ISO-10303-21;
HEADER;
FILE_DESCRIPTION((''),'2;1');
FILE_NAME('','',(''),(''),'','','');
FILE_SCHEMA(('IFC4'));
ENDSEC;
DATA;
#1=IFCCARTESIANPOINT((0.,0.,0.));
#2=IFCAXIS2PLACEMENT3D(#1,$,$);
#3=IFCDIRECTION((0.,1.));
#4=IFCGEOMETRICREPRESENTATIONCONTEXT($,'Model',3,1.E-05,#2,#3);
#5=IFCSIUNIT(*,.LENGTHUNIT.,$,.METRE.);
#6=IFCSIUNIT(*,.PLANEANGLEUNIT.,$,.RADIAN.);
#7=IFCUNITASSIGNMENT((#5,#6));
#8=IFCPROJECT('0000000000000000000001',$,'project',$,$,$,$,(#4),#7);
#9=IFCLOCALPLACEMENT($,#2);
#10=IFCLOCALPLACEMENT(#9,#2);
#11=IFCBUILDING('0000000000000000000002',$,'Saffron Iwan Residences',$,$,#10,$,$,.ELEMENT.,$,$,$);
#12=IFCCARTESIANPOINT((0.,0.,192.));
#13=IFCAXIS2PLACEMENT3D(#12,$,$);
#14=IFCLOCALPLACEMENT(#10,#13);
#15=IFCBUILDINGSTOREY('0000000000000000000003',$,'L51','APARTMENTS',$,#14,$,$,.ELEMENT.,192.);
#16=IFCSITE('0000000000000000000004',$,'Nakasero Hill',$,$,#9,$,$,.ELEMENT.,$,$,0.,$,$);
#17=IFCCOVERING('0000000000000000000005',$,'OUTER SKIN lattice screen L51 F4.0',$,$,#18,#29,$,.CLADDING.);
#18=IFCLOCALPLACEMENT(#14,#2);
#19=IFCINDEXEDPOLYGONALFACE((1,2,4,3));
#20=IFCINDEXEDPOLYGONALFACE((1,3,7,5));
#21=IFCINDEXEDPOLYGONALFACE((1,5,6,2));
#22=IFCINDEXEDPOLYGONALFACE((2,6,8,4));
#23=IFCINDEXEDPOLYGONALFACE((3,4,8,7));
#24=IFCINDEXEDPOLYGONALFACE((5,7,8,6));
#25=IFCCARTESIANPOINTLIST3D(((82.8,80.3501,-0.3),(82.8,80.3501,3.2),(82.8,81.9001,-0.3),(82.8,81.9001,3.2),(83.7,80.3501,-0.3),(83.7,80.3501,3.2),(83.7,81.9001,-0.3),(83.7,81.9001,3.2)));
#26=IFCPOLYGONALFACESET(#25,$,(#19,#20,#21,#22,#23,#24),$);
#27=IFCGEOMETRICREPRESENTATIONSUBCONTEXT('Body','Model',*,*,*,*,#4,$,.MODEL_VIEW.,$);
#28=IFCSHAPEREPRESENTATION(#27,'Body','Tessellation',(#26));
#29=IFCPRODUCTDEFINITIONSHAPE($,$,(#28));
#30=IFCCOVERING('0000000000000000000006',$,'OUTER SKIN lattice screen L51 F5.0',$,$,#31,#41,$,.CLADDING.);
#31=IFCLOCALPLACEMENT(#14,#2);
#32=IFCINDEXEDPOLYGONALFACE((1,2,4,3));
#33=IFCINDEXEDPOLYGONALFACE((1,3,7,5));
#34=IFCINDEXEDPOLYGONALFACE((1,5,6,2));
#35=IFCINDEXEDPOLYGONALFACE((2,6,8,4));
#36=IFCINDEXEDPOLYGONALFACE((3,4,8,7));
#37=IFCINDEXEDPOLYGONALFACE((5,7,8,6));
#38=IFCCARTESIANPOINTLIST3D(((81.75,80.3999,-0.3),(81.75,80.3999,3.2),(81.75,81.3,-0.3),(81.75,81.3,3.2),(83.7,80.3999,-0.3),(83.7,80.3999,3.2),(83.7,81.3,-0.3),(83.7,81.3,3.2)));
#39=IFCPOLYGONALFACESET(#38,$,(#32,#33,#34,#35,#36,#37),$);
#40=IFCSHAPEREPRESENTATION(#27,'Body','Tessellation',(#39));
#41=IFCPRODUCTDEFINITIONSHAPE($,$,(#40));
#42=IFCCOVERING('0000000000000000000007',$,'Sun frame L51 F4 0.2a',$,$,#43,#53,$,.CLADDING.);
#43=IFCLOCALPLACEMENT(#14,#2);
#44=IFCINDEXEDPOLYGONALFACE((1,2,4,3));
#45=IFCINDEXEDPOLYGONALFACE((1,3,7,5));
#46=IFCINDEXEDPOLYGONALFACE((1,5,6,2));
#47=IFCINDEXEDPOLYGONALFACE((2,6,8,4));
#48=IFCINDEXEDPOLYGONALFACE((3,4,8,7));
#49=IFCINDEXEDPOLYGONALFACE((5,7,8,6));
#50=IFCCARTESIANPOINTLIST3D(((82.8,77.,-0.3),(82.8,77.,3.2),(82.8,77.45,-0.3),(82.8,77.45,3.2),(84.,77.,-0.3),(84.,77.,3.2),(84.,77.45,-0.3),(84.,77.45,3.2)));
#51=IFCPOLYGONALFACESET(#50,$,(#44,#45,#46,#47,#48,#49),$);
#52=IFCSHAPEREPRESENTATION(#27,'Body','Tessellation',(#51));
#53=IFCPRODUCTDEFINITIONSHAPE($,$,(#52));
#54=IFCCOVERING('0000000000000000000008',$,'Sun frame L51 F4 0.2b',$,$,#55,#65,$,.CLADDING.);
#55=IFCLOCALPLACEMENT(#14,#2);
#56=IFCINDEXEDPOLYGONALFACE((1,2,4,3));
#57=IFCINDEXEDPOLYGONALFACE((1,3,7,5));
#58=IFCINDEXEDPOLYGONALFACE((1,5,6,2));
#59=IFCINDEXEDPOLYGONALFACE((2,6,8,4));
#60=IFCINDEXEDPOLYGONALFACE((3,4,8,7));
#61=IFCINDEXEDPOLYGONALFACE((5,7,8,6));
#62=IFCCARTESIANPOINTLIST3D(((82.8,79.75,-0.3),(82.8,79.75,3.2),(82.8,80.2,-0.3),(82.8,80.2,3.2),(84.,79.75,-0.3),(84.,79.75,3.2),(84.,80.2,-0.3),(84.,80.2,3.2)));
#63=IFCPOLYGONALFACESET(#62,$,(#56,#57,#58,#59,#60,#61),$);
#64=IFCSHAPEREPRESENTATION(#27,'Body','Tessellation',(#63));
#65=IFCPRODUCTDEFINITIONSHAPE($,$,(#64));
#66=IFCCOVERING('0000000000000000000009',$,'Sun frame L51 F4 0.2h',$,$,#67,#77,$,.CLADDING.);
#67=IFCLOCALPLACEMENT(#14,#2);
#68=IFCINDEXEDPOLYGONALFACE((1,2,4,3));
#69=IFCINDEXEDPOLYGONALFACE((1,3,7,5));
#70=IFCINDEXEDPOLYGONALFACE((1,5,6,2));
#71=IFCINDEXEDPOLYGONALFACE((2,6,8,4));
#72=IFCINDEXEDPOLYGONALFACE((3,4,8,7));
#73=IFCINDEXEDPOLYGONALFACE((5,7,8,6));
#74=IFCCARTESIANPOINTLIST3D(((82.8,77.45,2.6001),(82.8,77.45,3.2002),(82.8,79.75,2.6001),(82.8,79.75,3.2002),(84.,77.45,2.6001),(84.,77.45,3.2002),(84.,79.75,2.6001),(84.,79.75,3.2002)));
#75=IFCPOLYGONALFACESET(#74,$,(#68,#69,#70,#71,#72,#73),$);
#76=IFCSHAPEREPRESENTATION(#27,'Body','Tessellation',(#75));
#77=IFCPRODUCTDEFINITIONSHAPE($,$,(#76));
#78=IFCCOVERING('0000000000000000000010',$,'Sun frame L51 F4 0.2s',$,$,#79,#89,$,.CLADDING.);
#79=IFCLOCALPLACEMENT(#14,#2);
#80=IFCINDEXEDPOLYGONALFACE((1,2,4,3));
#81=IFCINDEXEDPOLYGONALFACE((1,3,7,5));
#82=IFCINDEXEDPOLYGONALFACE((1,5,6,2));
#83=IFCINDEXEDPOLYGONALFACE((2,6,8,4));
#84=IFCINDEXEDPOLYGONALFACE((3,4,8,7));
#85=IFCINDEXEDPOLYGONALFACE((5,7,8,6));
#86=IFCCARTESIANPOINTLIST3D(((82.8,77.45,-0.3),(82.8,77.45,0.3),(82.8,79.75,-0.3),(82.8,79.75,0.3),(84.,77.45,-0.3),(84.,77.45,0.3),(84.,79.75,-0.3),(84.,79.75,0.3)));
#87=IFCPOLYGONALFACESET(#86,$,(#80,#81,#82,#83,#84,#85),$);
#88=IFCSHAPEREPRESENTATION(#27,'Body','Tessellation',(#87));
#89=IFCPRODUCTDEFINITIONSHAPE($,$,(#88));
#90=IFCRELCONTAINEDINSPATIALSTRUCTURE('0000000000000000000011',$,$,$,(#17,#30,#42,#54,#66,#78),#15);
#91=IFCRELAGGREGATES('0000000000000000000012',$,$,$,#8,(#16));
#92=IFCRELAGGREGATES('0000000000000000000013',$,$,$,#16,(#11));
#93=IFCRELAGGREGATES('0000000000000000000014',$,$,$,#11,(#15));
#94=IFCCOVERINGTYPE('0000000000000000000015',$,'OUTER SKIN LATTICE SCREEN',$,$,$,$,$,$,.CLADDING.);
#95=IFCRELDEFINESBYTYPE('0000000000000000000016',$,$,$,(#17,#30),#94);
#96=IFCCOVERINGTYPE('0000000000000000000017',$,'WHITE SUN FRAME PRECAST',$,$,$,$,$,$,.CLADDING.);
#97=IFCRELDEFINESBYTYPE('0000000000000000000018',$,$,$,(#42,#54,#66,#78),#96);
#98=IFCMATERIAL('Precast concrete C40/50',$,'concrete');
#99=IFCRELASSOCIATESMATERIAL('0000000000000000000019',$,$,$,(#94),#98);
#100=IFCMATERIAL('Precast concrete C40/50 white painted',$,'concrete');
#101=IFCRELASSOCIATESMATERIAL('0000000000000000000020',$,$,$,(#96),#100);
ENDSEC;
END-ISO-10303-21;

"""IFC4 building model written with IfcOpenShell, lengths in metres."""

from ifc_helpers import new_model, si_unit, direction, frame, origin, place, context, subcontext, project, spatial, polyline, outline, extrude, material, type_object, element, save


model = new_model("IFC4")

# Units and contexts
model_context = context("Model", 3, precision=1e-05, world=origin(), true_north=direction((0.0, 1.0)))
body_context = subcontext(model_context, "Body", "Model", "MODEL_VIEW")
ifc_project = project(units=[si_unit("LENGTHUNIT", "METRE"), si_unit("PLANEANGLEUNIT", "RADIAN")], contexts=[model_context])

# Site, building, storey
site_placement = place(None, origin())
site = spatial("IfcSite", under=ifc_project, at=site_placement, Name="Nakasero Hill", CompositionType="ELEMENT", RefElevation=0.0)
building_placement = place(site_placement, origin())
building = spatial("IfcBuilding", under=site, at=building_placement, Name="Saffron Iwan Residences", CompositionType="ELEMENT")
storey_placement = place(building_placement, frame((0.0, 0.0, 192.0)))
storey = spatial("IfcBuildingStorey", under=building, at=storey_placement, Name="L51", Description="APARTMENTS", CompositionType="ELEMENT", Elevation=192.0)

# Coverings
ifc_material_1 = material(Name="Precast concrete C40/50", Category="concrete")
covering_type_1 = type_object("IfcCoveringType", Name="OUTER SKIN LATTICE SCREEN", PredefinedType="CLADDING", material=ifc_material_1)
covering_1_placement = place(storey_placement, frame((82.8, 80.3501, -0.3), z_axis=(1.0, 0.0, 0.0), x_axis=(0.0, 1.0, 0.0)))
element("IfcCovering", 1, at=covering_1_placement, inside=storey, type_object=covering_type_1, Name="OUTER SKIN lattice screen L51 F4.0", PredefinedType="CLADDING", context=body_context, shape_type="SweptSolid", body=[
    extrude(outline(polyline([(0.0, 0.0), (1.55, 0.0), (1.55, 3.5), (0.0, 3.5), (0.0, 0.0)])), origin(), (0.0, 0.0, 1.0), 0.8999),
])
covering_2_placement = place(storey_placement, frame((83.7, 80.3999, -0.3), z_axis=(0.0, 1.0, 0.0), x_axis=(-1.0, 0.0, 0.0)))
element("IfcCovering", 2, at=covering_2_placement, inside=storey, type_object=covering_type_1, Name="OUTER SKIN lattice screen L51 F5.0", PredefinedType="CLADDING", context=body_context, shape_type="SweptSolid", body=[
    extrude(outline(polyline([(0.0, 0.0), (1.95, 0.0), (1.95, 3.5), (0.0, 3.5), (0.0, 0.0)])), origin(), (0.0, 0.0, 1.0), 0.9001),
])
ifc_material_2 = material(Name="Precast concrete C40/50 white painted", Category="concrete")
covering_type_2 = type_object("IfcCoveringType", Name="WHITE SUN FRAME PRECAST", PredefinedType="CLADDING", material=ifc_material_2)
for number, where, z_axis, x_axis, name in (
    (3, (82.8, 77.0, -0.3), (1.0, 0.0, 0.0), (0.0, 1.0, 0.0), "Sun frame L51 F4 0.2a"),
    (4, (82.8, 79.75, -0.3), (1.0, 0.0, 0.0), (0.0, 1.0, 0.0), "Sun frame L51 F4 0.2b"),
):
    element("IfcCovering", number, at=place(storey_placement, frame(where, z_axis=z_axis, x_axis=x_axis)), inside=storey, type_object=covering_type_2, Name=name, PredefinedType="CLADDING", context=body_context, shape_type="SweptSolid", body=[
        extrude(outline(polyline([(0.0, 0.0), (0.45, 0.0), (0.45, 3.5), (0.0, 3.5), (0.0, 0.0)])), origin(), (0.0, 0.0, 1.0), 1.2),
    ])
for number, where, z_axis, x_axis, name in (
    (5, (82.8, 77.45, 2.6001), (1.0, 0.0, 0.0), (0.0, 1.0, 0.0), "Sun frame L51 F4 0.2h"),
    (6, (82.8, 77.45, -0.3), (1.0, 0.0, 0.0), (0.0, 1.0, 0.0), "Sun frame L51 F4 0.2s"),
):
    element("IfcCovering", number, at=place(storey_placement, frame(where, z_axis=z_axis, x_axis=x_axis)), inside=storey, type_object=covering_type_2, Name=name, PredefinedType="CLADDING", context=body_context, shape_type="SweptSolid", body=[
        extrude(outline(polyline([(0.0, 0.0), (2.3, 0.0), (2.3, 0.6001), (0.0, 0.6001), (0.0, 0.0)])), origin(), (0.0, 0.0, 1.0), 1.2),
    ])

save(model, "model.ifc")
